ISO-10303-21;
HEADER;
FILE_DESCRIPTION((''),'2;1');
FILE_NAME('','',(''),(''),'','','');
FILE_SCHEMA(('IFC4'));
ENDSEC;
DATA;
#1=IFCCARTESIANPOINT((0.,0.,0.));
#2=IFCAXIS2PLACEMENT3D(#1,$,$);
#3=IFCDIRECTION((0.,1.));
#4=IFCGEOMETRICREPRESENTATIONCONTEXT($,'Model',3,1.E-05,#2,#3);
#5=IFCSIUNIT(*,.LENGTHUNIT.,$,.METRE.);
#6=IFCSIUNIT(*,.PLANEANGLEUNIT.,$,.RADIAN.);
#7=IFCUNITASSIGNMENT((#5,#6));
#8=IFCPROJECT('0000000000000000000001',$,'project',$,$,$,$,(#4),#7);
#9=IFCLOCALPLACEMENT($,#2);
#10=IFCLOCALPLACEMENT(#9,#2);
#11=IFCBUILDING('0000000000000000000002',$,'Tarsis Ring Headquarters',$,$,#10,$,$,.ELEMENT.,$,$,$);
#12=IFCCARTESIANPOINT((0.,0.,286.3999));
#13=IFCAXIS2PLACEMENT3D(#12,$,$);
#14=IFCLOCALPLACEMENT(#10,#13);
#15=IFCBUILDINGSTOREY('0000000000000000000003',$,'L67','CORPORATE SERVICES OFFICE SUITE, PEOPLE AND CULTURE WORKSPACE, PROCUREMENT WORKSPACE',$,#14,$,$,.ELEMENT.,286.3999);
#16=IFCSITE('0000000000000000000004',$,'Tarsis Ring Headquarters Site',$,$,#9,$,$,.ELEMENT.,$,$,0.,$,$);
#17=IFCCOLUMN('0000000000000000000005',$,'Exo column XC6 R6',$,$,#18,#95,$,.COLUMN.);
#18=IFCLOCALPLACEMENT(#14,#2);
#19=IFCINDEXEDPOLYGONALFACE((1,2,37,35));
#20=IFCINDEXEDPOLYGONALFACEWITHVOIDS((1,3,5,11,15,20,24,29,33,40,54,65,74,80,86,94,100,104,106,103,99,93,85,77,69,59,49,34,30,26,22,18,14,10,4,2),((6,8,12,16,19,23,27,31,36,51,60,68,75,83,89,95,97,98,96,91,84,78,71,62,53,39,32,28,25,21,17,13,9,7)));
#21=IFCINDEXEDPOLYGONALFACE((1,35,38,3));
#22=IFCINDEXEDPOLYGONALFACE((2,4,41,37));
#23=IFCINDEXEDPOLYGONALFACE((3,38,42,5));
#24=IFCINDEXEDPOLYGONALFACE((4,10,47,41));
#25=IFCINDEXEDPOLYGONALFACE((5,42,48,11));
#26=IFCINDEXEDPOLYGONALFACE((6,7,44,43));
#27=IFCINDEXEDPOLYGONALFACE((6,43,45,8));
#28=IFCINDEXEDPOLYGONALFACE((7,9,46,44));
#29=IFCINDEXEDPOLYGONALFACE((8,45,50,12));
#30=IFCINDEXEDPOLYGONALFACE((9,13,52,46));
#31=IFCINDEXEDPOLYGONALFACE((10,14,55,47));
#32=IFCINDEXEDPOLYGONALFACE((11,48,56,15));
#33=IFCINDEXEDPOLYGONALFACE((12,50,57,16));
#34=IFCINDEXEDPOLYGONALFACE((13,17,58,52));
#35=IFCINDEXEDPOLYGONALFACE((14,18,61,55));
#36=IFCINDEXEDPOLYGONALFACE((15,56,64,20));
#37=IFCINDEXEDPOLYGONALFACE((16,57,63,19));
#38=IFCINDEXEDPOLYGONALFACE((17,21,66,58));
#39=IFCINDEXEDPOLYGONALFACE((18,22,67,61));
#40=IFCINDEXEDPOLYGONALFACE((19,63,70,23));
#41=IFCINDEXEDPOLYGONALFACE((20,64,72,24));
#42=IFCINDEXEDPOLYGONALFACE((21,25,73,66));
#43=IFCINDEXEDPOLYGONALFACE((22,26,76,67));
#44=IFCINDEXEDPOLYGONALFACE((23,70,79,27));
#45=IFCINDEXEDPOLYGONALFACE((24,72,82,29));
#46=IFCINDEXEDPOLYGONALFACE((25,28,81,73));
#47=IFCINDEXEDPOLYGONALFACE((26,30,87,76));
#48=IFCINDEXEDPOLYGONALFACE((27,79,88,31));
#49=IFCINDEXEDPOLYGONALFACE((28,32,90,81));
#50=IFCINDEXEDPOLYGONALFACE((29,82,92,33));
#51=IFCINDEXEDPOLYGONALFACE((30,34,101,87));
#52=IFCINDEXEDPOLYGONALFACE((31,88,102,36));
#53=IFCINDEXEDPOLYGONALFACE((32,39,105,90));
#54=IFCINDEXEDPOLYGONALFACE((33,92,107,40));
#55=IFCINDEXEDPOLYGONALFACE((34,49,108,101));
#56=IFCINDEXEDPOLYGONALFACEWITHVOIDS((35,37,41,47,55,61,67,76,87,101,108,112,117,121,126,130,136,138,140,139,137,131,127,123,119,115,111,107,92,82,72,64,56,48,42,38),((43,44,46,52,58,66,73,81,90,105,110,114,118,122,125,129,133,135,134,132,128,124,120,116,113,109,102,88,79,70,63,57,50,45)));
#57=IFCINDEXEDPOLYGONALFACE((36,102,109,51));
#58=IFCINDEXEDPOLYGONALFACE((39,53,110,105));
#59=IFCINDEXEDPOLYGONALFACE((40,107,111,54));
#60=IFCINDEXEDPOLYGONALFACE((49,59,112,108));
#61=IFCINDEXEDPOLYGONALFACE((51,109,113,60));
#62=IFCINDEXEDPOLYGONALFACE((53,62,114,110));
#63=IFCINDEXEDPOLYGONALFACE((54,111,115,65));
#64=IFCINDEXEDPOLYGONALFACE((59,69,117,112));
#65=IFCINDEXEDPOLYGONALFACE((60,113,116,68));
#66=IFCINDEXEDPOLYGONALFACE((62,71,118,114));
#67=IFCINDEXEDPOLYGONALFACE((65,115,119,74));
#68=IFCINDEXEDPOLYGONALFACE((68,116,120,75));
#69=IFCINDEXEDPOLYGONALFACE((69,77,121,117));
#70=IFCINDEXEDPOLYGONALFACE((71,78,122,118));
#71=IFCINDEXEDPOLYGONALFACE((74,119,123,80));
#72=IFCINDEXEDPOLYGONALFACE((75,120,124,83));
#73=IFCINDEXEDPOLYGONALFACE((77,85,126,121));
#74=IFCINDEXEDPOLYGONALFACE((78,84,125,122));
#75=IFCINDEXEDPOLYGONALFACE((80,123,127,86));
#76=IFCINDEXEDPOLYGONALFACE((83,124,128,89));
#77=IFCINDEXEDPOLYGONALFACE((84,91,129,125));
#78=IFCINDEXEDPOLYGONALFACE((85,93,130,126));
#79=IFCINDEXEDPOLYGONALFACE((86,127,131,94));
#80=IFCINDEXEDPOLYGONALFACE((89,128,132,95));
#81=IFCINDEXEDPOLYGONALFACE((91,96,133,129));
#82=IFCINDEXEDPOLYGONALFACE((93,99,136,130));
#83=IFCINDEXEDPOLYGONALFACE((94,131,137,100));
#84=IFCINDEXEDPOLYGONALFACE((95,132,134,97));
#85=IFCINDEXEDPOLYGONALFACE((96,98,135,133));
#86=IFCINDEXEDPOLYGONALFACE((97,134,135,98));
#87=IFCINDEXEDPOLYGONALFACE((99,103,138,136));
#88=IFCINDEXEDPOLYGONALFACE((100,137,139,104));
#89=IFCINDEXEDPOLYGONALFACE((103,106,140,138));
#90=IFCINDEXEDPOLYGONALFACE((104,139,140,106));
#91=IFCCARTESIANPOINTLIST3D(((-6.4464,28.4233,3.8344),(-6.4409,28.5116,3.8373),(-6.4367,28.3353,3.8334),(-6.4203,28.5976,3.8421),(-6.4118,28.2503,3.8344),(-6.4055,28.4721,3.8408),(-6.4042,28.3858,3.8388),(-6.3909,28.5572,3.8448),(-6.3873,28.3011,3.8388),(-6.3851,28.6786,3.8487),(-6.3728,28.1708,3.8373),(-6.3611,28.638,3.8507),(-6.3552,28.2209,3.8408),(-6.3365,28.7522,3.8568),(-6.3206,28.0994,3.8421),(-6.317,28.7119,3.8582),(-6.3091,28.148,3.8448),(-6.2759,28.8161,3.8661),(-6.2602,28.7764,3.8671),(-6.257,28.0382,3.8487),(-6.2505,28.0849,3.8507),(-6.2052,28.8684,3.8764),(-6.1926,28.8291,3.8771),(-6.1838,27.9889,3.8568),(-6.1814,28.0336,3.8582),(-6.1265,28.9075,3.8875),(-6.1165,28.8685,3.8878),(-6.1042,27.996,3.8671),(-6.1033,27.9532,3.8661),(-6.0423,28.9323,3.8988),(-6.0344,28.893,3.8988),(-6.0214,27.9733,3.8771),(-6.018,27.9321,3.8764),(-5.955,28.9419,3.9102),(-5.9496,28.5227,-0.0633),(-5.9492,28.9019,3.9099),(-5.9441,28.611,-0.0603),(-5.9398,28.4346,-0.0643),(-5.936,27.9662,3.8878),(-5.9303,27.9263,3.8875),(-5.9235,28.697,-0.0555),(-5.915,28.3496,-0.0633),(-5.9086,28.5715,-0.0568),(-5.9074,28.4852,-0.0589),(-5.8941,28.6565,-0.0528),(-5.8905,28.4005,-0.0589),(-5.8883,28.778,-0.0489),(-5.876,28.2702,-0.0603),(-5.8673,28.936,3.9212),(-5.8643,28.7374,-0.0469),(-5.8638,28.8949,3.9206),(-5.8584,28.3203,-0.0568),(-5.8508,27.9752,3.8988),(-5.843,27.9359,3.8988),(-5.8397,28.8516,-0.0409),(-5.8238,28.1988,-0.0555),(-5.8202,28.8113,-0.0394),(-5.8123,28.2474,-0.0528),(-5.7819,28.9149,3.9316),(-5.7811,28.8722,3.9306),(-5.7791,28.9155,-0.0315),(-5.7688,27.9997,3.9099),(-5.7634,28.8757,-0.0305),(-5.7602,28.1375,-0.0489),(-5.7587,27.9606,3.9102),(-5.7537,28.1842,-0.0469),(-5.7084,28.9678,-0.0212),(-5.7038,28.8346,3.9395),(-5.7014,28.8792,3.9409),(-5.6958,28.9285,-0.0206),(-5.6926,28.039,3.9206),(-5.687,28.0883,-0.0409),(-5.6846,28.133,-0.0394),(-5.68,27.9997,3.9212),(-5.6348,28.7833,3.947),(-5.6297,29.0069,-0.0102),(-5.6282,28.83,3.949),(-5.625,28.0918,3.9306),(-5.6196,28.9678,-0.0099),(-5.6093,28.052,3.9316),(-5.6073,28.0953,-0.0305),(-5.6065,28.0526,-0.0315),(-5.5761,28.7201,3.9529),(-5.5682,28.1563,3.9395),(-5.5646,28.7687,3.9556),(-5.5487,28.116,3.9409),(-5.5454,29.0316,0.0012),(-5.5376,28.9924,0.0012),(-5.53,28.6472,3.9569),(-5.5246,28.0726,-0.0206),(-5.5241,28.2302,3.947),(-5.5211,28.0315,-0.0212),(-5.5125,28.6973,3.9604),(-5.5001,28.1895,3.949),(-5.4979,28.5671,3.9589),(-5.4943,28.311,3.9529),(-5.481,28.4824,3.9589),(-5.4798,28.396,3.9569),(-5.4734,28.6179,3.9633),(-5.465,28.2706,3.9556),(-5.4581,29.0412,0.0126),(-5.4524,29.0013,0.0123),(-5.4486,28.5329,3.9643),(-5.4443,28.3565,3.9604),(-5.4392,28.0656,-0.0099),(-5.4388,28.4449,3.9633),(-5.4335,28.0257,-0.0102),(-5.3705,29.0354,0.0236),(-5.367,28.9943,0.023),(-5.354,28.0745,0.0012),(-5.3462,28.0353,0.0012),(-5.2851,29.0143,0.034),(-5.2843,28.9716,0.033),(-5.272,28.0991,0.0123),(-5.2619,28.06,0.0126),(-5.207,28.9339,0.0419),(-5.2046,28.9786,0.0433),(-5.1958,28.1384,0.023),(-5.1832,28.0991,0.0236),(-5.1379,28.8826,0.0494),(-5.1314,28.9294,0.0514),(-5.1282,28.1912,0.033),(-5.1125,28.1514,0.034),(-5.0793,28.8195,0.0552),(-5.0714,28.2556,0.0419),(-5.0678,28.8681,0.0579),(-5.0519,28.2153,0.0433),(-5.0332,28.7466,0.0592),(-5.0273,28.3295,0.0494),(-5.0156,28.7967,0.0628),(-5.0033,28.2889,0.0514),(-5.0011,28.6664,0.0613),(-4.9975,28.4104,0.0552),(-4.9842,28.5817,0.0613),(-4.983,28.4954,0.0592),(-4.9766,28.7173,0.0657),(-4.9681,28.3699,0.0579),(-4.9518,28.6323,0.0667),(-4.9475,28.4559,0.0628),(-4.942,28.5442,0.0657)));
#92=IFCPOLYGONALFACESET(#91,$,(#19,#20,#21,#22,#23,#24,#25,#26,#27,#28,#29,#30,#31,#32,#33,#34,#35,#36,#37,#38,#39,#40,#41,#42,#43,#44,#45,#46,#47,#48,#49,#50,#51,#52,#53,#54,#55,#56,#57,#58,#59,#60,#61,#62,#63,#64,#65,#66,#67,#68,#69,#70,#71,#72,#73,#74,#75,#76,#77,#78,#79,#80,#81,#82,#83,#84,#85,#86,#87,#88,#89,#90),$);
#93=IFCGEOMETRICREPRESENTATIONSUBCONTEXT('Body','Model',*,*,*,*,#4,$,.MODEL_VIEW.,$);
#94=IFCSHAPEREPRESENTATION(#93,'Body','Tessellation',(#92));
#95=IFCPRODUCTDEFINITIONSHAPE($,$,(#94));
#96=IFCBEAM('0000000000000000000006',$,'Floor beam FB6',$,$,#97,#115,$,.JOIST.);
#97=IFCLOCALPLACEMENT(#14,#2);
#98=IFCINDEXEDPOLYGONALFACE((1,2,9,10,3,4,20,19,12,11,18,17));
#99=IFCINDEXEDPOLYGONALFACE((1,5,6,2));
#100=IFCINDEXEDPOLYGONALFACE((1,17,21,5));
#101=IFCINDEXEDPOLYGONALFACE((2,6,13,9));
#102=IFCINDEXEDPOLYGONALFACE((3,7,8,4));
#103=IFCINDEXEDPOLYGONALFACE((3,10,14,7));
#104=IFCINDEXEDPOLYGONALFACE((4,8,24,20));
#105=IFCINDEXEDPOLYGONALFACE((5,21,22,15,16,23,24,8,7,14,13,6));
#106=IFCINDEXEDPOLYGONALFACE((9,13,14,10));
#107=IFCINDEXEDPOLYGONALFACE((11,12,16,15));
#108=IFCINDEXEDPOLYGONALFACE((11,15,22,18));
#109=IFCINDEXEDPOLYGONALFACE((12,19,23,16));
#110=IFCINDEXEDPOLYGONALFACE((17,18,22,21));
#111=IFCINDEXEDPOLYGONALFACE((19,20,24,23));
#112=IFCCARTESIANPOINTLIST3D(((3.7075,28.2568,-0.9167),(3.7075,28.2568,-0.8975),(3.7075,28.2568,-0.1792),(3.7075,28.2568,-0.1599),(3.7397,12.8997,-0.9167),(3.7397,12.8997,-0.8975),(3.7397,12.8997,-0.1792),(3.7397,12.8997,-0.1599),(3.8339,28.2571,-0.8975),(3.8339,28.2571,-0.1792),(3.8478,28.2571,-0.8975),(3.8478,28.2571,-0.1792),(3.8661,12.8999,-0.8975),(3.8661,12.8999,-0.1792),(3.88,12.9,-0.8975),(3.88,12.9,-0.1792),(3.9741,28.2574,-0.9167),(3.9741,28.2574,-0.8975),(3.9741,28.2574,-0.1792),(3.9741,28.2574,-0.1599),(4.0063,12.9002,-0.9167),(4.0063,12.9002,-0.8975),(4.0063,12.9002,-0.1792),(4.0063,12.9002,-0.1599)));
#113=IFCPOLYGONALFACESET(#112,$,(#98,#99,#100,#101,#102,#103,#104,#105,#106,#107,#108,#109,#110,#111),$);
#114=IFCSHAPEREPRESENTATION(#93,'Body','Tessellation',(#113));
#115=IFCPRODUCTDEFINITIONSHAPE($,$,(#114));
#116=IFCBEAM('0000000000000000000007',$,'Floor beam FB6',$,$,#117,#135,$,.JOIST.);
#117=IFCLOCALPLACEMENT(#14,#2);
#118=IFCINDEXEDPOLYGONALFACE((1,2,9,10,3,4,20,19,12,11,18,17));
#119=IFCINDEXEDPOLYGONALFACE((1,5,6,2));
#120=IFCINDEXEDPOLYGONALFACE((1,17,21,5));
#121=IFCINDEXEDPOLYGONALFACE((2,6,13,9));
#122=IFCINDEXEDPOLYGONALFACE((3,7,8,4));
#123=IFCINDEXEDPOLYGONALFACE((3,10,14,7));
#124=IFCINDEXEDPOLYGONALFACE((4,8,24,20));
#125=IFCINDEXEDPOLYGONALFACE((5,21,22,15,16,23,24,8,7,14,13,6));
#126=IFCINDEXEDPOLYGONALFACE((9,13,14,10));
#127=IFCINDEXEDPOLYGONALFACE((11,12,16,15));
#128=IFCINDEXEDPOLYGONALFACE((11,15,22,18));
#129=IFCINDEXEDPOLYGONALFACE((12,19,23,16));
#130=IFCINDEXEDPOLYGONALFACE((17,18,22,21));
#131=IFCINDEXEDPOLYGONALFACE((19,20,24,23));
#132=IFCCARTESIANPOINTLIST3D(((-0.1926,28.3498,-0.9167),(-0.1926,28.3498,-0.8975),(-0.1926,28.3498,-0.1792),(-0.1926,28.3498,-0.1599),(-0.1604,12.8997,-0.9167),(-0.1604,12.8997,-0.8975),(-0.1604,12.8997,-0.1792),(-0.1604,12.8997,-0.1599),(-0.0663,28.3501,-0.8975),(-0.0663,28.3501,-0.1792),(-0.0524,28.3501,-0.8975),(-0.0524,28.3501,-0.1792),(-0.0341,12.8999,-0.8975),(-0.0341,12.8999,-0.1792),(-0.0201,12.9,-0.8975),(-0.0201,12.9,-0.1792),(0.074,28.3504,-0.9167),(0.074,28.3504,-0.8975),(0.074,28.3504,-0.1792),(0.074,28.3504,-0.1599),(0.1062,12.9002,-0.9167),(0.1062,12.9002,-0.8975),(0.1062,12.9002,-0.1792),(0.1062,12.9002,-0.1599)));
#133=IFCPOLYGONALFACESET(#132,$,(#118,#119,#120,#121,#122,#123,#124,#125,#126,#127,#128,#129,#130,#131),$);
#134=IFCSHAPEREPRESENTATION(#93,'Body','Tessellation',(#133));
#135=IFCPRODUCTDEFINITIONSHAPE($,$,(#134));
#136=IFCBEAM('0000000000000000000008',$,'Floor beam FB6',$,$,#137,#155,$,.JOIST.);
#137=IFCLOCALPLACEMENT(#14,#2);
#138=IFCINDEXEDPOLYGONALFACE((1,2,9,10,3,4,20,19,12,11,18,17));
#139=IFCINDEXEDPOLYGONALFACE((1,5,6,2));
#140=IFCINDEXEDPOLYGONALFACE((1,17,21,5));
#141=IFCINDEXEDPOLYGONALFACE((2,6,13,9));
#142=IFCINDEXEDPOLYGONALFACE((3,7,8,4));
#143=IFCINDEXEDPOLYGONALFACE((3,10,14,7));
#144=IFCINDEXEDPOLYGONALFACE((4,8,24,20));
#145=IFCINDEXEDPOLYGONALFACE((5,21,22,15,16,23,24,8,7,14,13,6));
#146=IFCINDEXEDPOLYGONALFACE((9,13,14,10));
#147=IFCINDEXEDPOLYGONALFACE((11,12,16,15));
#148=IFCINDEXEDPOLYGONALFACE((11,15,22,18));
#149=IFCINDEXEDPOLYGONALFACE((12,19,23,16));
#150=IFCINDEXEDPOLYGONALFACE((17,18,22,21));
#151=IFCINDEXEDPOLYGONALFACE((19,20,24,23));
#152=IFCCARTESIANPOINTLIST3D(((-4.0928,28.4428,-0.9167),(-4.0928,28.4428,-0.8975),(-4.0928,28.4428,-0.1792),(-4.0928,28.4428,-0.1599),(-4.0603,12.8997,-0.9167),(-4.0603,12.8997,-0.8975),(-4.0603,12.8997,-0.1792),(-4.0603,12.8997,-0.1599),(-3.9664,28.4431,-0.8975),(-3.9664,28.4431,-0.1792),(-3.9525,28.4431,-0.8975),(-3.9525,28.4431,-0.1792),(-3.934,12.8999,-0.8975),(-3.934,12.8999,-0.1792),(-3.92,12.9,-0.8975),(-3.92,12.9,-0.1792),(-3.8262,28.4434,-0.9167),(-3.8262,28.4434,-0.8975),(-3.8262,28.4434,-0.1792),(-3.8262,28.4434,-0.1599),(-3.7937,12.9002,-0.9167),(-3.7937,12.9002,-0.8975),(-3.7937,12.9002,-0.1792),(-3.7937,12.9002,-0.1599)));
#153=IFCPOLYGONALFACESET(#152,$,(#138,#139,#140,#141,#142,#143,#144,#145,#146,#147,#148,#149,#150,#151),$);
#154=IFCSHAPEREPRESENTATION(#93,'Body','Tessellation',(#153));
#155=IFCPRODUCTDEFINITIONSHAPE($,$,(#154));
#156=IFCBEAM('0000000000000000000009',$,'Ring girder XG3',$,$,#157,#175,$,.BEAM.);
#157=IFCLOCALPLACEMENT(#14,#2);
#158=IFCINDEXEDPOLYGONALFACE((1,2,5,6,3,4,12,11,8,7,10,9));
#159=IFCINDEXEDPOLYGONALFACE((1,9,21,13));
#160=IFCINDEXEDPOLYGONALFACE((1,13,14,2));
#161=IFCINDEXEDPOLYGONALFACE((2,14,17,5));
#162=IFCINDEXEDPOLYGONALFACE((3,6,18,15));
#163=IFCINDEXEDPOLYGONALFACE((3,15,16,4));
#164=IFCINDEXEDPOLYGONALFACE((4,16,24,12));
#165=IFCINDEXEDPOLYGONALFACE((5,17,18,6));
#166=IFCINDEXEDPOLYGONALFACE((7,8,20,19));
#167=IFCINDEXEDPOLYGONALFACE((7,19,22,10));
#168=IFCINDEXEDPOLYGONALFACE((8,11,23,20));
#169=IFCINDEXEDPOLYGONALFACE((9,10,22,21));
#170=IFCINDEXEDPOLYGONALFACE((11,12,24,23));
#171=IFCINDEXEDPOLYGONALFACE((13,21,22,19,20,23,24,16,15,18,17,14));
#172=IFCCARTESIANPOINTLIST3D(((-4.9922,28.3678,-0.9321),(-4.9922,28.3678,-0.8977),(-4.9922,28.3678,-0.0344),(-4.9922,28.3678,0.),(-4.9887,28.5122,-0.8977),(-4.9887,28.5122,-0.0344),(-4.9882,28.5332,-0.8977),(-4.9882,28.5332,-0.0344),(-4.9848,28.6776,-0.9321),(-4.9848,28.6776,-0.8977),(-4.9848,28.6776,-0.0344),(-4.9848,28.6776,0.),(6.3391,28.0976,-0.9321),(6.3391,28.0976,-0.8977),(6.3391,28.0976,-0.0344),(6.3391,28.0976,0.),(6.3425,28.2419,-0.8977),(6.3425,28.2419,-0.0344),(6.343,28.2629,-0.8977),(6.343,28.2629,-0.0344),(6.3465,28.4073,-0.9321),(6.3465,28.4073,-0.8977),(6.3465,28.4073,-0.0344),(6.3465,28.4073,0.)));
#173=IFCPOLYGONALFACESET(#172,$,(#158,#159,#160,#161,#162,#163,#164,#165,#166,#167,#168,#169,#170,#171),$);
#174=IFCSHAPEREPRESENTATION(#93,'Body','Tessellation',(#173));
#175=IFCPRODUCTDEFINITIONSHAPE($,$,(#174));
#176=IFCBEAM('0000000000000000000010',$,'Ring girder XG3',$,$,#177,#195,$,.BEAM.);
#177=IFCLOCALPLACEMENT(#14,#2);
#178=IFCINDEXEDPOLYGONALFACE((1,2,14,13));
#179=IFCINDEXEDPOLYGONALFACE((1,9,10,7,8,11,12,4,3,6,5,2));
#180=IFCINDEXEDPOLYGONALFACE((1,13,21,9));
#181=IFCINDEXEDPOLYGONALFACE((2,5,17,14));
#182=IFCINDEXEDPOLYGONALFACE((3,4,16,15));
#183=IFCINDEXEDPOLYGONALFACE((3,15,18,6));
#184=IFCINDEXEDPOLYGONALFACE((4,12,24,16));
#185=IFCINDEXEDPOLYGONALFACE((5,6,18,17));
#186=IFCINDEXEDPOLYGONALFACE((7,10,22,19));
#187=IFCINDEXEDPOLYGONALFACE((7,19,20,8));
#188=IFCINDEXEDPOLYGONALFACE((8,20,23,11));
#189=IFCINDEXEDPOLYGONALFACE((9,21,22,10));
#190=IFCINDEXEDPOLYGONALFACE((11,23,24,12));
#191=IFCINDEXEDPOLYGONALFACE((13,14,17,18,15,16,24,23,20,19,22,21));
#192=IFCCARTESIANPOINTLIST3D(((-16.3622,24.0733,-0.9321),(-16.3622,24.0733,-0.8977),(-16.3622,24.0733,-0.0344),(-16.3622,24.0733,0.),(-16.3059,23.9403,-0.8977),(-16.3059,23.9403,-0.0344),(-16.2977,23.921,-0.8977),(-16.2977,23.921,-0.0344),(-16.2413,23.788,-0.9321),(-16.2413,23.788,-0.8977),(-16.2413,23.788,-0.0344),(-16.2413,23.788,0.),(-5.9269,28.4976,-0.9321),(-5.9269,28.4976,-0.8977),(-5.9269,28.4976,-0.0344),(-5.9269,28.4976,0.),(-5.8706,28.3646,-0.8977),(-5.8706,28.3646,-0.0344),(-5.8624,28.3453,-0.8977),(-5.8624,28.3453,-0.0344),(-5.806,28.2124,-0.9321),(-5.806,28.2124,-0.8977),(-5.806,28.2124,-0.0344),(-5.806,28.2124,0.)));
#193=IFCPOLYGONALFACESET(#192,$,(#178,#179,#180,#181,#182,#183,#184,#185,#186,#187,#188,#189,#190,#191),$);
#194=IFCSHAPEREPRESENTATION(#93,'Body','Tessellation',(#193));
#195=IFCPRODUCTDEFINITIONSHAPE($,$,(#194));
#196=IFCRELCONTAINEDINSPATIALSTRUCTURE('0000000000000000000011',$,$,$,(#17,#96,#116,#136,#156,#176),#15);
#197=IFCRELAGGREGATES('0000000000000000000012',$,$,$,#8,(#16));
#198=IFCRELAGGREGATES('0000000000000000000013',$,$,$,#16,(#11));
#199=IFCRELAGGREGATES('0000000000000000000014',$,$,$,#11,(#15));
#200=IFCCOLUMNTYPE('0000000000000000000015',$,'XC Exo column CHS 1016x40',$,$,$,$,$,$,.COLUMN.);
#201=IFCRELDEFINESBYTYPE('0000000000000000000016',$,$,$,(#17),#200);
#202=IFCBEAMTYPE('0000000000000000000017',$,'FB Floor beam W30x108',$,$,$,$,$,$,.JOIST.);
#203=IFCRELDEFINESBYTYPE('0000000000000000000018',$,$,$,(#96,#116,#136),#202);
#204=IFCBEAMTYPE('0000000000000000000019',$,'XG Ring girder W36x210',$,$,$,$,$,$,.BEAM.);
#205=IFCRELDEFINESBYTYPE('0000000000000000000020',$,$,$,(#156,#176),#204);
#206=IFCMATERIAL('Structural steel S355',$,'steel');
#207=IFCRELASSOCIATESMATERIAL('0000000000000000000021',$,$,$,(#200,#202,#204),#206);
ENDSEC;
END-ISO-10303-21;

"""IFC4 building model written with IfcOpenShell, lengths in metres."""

from ifc_helpers import new_model, si_unit, direction, frame, origin, origin_2d, place, context, subcontext, project, spatial, hollow_circle, i_section, extrude, material, material_profile, profile_set, type_object, element, save


model = new_model("IFC4")

# Units and contexts
model_context = context("Model", 3, precision=1e-05, world=origin(), true_north=direction((0.0, 1.0)))
body_context = subcontext(model_context, "Body", "Model", "MODEL_VIEW")
ifc_project = project(units=[si_unit("LENGTHUNIT", "METRE"), si_unit("PLANEANGLEUNIT", "RADIAN")], contexts=[model_context])

# Site, building, storey
site_placement = place(None, origin())
site = spatial("IfcSite", under=ifc_project, at=site_placement, Name="Tarsis Ring Headquarters Site", CompositionType="ELEMENT", RefElevation=0.0)
building_placement = place(site_placement, origin())
building = spatial("IfcBuilding", under=site, at=building_placement, Name="Tarsis Ring Headquarters", CompositionType="ELEMENT")
storey_placement = place(building_placement, frame((0.0, 0.0, 286.3999)))
storey = spatial("IfcBuildingStorey", under=building, at=storey_placement, Name="L67", Description="CORPORATE SERVICES OFFICE SUITE, PEOPLE AND CULTURE WORKSPACE, PROCUREMENT WORKSPACE", CompositionType="ELEMENT", Elevation=286.3999)

# Column
ifc_material_1 = material(Name="Structural steel S355", Category="steel")
ifc_material_profile_1 = material_profile(ifc_material_1, hollow_circle(Radius=0.5081, WallThickness=0.04, at=origin_2d()), Name="CHS 1016x40")
ifc_profile_set_1 = profile_set([ifc_material_profile_1], Name="Structural steel S355")
column_type = type_object("IfcColumnType", Name="XC Exo column CHS 1016x40", PredefinedType="COLUMN", material=ifc_profile_set_1)
column_placement = place(storey_placement, frame((-5.4458, 28.5334, 0.0012), z_axis=(-0.126403, -0.025281, 0.991657), x_axis=(0.196116, -0.980581, 0.0)))
element("IfcColumn", 1, at=column_placement, inside=storey, type_object=column_type, Name="Exo column XC6 R6", PredefinedType="COLUMN", context=body_context, shape_type="SweptSolid", body=[
    extrude(hollow_circle(Radius=0.5081, WallThickness=0.04, at=origin_2d()), origin(), (0.0, 0.0, 1.0), 3.9304),
])

# Beams
ifc_material_profile_2 = material_profile(ifc_material_1, i_section(OverallWidth=0.2666, OverallDepth=0.7568, WebThickness=0.0139, FlangeThickness=0.0193, at=origin_2d()), Name="W30x108")
ifc_profile_set_2 = profile_set([ifc_material_profile_2], Name="Structural steel S355")
beam_type_1 = type_object("IfcBeamType", Name="FB Floor beam W30x108", PredefinedType="JOIST", material=ifc_profile_set_2)
beam_1_placement = place(storey_placement, frame((3.8408, 28.2571, -0.5383), z_axis=(0.002098, -0.999998, 0.0), x_axis=(0.999998, 0.002098, 0.0)))
element("IfcBeam", 2, at=beam_1_placement, inside=storey, type_object=beam_type_1, Name="Floor beam FB6", PredefinedType="JOIST", context=body_context, shape_type="SweptSolid", body=[
    extrude(i_section(OverallWidth=0.2666, OverallDepth=0.7568, WebThickness=0.0139, FlangeThickness=0.0193, at=origin_2d()), origin(), (0.0, 0.0, 1.0), 15.3572),
])
beam_2_placement = place(storey_placement, frame((-0.0593, 28.3501, -0.5383), z_axis=(0.002086, -0.999998, 0.0), x_axis=(0.999998, 0.002086, 0.0)))
element("IfcBeam", 3, at=beam_2_placement, inside=storey, type_object=beam_type_1, Name="Floor beam FB6", PredefinedType="JOIST", context=body_context, shape_type="SweptSolid", body=[
    extrude(i_section(OverallWidth=0.2666, OverallDepth=0.7568, WebThickness=0.0139, FlangeThickness=0.0193, at=origin_2d()), origin(), (0.0, 0.0, 1.0), 15.4502),
])
beam_3_placement = place(storey_placement, frame((-3.9595, 28.4431, -0.5383), z_axis=(0.002089, -0.999998, 0.0), x_axis=(0.999998, 0.002089, 0.0)))
element("IfcBeam", 4, at=beam_3_placement, inside=storey, type_object=beam_type_1, Name="Floor beam FB6", PredefinedType="JOIST", context=body_context, shape_type="SweptSolid", body=[
    extrude(i_section(OverallWidth=0.2666, OverallDepth=0.7568, WebThickness=0.0139, FlangeThickness=0.0193, at=origin_2d()), origin(), (0.0, 0.0, 1.0), 15.5432),
])
ifc_material_profile_3 = material_profile(ifc_material_1, i_section(OverallWidth=0.3098, OverallDepth=0.9321, WebThickness=0.021, FlangeThickness=0.0344, at=origin_2d()), Name="W36x210")
ifc_profile_set_3 = profile_set([ifc_material_profile_3], Name="Structural steel S355")
beam_type_2 = type_object("IfcBeamType", Name="XG Ring girder W36x210", PredefinedType="BEAM", material=ifc_profile_set_3)
for number, where, z_axis, x_axis, name in (
    (5, (6.3428, 28.2524, -0.4661), (-0.999716, 0.023844, 0.0), (-0.023844, -0.999716, 0.0), "Ring girder XG3"),
    (6, (-5.8665, 28.355, -0.4661), (-0.92067, -0.390342, 0.0), (0.390342, -0.92067, 0.0), "Ring girder XG3"),
):
    element("IfcBeam", number, at=place(storey_placement, frame(where, z_axis=z_axis, x_axis=x_axis)), inside=storey, type_object=beam_type_2, Name=name, PredefinedType="BEAM", context=body_context, shape_type="SweptSolid", body=[
        extrude(i_section(OverallWidth=0.3098, OverallDepth=0.9321, WebThickness=0.021, FlangeThickness=0.0344, at=origin_2d()), origin(), (0.0, 0.0, 1.0), 11.3345),
    ])

save(model, "model.ifc")
